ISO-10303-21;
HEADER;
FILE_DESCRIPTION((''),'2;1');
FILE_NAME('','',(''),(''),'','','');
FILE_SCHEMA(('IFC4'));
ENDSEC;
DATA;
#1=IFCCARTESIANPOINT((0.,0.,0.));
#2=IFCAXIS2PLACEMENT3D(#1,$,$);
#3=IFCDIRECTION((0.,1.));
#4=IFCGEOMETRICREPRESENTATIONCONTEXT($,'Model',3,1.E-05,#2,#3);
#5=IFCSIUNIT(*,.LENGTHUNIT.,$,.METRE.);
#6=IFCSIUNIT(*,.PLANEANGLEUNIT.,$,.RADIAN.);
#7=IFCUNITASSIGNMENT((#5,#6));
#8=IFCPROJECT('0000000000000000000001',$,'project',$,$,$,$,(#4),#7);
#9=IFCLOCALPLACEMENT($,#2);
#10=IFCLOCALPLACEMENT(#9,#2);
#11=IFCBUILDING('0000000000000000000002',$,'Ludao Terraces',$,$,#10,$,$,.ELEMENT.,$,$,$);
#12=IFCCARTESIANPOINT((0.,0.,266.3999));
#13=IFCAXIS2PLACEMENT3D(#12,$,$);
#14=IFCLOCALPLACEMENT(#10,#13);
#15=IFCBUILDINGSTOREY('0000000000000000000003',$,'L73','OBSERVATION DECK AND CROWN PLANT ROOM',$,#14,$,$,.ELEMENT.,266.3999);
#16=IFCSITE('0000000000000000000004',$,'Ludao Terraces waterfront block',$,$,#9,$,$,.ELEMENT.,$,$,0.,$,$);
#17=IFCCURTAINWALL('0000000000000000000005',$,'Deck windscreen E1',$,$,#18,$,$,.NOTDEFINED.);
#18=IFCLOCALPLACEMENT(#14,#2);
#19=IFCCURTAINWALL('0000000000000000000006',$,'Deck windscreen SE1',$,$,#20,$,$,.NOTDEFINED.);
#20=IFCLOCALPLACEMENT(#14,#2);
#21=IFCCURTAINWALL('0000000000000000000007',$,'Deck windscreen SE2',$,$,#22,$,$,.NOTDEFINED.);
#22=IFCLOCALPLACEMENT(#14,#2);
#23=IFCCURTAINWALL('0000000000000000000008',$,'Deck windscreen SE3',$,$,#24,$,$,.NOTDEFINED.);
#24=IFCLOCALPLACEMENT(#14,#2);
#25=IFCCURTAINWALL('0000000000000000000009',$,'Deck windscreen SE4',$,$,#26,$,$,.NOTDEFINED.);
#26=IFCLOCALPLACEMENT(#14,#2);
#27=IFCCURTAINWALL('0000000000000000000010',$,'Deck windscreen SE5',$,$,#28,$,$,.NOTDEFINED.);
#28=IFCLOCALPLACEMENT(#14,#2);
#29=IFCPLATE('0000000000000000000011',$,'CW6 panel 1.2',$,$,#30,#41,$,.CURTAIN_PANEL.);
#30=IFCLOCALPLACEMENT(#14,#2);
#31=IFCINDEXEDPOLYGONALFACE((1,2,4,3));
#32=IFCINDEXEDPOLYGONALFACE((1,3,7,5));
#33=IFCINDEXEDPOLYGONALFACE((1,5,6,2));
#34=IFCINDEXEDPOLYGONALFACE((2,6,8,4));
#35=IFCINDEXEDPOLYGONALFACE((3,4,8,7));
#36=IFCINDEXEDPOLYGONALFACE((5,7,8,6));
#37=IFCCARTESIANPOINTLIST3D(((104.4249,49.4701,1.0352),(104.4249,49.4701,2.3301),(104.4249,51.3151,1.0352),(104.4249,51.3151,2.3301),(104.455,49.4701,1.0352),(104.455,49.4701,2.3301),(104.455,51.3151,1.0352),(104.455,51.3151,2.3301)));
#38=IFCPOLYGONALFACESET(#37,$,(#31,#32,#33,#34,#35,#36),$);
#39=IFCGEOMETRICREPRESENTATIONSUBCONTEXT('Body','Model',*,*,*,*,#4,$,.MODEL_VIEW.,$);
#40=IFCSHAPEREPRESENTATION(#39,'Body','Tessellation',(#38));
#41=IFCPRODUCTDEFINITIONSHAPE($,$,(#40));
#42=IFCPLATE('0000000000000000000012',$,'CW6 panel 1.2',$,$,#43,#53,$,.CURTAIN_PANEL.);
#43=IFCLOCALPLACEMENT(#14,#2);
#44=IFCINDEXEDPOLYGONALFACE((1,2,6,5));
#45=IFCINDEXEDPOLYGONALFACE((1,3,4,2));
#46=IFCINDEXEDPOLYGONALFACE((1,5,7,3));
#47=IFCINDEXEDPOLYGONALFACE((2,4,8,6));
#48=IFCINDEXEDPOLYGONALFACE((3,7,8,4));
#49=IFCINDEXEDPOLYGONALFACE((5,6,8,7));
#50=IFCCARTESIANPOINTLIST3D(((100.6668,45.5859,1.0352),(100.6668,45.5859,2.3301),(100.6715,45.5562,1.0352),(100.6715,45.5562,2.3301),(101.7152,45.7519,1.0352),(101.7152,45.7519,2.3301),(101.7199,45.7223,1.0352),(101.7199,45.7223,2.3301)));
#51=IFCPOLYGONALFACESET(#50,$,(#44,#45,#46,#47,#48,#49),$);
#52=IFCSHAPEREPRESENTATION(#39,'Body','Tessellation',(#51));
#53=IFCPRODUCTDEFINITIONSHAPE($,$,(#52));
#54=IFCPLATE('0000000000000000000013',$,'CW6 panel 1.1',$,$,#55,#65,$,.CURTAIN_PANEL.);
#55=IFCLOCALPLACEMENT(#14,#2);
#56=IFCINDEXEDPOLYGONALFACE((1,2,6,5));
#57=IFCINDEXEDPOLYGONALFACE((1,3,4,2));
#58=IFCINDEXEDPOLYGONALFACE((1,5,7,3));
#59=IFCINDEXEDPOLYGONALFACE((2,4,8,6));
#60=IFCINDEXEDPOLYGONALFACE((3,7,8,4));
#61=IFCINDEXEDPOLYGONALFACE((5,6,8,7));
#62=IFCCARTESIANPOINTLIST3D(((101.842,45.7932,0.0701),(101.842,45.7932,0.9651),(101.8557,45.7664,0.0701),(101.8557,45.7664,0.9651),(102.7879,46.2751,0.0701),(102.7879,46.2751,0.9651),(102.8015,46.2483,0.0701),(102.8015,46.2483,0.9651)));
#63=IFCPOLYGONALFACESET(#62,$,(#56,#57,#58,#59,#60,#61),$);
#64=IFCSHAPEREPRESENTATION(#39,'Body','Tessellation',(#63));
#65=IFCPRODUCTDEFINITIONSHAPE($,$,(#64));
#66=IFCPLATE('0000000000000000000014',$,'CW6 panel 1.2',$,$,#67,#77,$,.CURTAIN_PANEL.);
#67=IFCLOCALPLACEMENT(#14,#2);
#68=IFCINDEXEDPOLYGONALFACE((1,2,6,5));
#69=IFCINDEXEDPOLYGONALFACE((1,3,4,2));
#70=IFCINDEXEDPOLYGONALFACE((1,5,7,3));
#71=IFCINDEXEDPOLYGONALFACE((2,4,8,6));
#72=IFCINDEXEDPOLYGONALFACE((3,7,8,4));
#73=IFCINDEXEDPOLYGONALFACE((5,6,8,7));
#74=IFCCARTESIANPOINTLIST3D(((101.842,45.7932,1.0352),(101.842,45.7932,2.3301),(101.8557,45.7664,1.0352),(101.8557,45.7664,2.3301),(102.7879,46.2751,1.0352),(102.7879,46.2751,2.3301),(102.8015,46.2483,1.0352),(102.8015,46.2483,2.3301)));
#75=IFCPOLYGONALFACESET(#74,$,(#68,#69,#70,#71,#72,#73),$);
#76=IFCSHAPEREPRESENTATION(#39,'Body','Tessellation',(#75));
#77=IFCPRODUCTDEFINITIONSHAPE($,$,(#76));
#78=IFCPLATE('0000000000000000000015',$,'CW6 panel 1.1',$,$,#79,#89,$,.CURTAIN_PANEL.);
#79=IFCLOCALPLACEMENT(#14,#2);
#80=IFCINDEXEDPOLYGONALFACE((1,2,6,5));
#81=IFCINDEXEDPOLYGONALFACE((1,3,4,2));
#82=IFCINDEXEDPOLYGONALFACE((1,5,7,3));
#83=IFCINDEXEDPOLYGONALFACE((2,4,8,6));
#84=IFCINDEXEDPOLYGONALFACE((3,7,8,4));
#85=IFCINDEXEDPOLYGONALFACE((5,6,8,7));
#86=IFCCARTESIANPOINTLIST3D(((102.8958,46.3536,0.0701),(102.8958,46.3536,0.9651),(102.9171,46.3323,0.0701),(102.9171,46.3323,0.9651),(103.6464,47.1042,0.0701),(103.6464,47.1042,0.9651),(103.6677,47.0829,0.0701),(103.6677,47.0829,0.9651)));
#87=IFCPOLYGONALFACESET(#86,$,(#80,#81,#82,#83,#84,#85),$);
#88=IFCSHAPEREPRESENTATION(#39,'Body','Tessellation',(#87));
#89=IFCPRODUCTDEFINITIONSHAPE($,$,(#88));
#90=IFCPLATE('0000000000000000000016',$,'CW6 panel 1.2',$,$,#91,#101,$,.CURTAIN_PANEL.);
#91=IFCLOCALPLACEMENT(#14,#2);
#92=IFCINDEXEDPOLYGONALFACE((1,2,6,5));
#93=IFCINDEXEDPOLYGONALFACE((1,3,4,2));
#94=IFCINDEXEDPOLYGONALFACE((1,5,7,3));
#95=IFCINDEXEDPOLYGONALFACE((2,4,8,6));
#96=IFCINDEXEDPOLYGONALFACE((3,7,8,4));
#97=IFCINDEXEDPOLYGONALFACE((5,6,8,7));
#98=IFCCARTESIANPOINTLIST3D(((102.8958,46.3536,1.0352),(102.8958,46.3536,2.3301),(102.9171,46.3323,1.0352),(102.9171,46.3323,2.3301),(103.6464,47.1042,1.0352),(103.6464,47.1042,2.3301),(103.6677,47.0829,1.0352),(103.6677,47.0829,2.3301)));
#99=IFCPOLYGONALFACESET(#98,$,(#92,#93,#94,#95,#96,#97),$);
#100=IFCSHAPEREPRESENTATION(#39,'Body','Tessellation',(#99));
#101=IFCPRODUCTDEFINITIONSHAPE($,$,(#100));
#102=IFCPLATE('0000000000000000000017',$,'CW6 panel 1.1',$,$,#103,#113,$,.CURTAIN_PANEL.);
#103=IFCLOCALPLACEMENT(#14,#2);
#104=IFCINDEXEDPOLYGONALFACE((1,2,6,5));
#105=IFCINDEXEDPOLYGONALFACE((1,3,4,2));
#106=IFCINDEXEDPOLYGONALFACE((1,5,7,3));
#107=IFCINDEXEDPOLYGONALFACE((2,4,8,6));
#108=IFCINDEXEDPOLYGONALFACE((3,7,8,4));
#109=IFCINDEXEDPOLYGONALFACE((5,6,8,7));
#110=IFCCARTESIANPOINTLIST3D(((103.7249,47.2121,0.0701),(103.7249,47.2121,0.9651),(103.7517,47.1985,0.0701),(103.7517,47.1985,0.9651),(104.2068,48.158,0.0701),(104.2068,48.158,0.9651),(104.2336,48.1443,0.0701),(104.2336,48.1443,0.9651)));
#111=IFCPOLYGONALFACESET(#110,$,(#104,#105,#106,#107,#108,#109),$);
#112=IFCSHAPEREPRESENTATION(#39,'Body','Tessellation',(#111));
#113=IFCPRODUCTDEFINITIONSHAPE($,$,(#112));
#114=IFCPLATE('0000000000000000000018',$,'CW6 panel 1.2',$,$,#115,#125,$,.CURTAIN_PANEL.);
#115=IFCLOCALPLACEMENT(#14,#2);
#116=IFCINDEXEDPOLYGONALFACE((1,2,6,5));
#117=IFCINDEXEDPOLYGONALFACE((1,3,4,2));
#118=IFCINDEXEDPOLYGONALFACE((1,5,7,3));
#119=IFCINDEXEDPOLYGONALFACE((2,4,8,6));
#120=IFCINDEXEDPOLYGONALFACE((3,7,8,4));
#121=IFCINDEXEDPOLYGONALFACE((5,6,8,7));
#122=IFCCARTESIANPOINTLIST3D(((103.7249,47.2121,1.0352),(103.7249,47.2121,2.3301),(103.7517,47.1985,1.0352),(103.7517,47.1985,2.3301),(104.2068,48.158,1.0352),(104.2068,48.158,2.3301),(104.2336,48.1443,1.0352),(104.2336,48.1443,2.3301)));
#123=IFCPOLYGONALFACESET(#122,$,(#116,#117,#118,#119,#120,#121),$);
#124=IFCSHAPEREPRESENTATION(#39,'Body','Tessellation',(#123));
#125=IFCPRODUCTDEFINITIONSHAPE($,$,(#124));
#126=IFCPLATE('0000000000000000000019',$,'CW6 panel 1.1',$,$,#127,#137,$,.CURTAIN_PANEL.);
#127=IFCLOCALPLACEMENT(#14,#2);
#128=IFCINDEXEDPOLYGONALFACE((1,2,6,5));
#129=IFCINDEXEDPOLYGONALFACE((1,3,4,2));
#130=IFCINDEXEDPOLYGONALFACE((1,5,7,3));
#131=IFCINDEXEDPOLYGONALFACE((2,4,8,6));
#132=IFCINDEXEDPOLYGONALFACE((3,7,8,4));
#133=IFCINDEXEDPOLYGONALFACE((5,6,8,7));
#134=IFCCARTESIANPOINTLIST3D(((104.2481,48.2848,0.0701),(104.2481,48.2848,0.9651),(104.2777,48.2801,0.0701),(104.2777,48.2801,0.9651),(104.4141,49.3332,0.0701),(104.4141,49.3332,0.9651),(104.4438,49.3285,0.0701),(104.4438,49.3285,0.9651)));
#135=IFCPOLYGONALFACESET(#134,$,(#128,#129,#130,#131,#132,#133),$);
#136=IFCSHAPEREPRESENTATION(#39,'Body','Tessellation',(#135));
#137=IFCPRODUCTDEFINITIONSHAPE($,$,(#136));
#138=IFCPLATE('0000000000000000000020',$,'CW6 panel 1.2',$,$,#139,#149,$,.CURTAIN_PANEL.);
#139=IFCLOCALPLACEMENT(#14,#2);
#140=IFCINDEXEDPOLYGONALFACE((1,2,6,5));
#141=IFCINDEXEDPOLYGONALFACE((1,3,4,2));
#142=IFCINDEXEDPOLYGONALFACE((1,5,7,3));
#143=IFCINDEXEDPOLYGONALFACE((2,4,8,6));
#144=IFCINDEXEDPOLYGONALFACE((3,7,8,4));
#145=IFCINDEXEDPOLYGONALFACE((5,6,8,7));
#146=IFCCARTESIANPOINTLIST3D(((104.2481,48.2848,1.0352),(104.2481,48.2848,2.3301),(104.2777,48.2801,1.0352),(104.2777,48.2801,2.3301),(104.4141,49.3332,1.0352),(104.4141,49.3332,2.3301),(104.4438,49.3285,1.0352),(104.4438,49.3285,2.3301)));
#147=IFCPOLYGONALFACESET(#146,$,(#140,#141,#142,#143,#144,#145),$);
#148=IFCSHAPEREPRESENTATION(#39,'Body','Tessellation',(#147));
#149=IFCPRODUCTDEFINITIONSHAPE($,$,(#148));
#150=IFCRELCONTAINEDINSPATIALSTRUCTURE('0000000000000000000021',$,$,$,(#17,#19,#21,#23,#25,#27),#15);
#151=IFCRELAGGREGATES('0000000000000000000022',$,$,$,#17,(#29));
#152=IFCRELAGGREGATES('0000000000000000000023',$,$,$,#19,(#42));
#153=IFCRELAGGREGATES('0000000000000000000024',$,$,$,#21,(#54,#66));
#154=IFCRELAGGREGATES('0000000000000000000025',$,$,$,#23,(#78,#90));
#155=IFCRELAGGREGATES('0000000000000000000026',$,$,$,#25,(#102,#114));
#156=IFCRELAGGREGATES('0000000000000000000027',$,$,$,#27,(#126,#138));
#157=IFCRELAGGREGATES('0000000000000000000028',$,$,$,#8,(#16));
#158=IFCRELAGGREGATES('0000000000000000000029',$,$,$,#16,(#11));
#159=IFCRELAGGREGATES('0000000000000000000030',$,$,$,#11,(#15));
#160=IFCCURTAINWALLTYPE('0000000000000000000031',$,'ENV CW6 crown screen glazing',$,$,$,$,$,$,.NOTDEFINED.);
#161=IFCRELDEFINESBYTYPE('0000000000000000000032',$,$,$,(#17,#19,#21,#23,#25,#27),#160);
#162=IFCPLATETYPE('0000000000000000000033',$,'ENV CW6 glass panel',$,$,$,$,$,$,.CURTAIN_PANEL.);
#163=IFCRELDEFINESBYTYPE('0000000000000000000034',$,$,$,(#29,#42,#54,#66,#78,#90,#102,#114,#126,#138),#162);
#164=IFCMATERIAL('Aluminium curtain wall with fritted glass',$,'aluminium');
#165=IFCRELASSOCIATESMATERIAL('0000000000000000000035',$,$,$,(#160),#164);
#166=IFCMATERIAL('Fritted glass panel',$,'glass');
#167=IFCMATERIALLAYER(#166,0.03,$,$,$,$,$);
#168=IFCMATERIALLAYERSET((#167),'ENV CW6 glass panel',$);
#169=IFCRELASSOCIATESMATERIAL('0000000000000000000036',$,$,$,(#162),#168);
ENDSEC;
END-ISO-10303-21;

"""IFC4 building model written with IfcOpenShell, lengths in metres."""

from ifc_helpers import new_model, si_unit, direction, frame, origin, origin_2d, place, context, subcontext, project, spatial, rectangle, extrude, material, layer, layer_set, type_object, element, aggregate, save


model = new_model("IFC4")

# Units and contexts
model_context = context("Model", 3, precision=1e-05, world=origin(), true_north=direction((0.0, 1.0)))
body_context = subcontext(model_context, "Body", "Model", "MODEL_VIEW")
ifc_project = project(units=[si_unit("LENGTHUNIT", "METRE"), si_unit("PLANEANGLEUNIT", "RADIAN")], contexts=[model_context])

# Site, building, storey
site_placement = place(None, origin())
site = spatial("IfcSite", under=ifc_project, at=site_placement, Name="Ludao Terraces waterfront block", CompositionType="ELEMENT", RefElevation=0.0)
building_placement = place(site_placement, origin())
building = spatial("IfcBuilding", under=site, at=building_placement, Name="Ludao Terraces", CompositionType="ELEMENT")
storey_placement = place(building_placement, frame((0.0, 0.0, 266.3999)))
storey = spatial("IfcBuildingStorey", under=building, at=storey_placement, Name="L73", Description="OBSERVATION DECK AND CROWN PLANT ROOM", CompositionType="ELEMENT", Elevation=266.3999)

# Curtain wall
ifc_material_1 = material(Name="Aluminium curtain wall with fritted glass", Category="aluminium")
curtain_wall_type = type_object("IfcCurtainWallType", Name="ENV CW6 crown screen glazing", PredefinedType="NOTDEFINED", material=ifc_material_1)
curtain_wall_1_placement = place(storey_placement, origin())
curtain_wall_1 = element("IfcCurtainWall", 1, at=curtain_wall_1_placement, inside=storey, type_object=curtain_wall_type, Name="Deck windscreen E1", PredefinedType="NOTDEFINED")

# Curtain wall
curtain_wall_2_placement = place(storey_placement, origin())
curtain_wall_2 = element("IfcCurtainWall", 2, at=curtain_wall_2_placement, inside=storey, type_object=curtain_wall_type, Name="Deck windscreen SE1", PredefinedType="NOTDEFINED")

# Curtain walls
curtain_wall_3_placement = place(storey_placement, origin())
curtain_wall_3 = element("IfcCurtainWall", 3, at=curtain_wall_3_placement, inside=storey, type_object=curtain_wall_type, Name="Deck windscreen SE2", PredefinedType="NOTDEFINED")
curtain_wall_4_placement = place(storey_placement, origin())
curtain_wall_4 = element("IfcCurtainWall", 4, at=curtain_wall_4_placement, inside=storey, type_object=curtain_wall_type, Name="Deck windscreen SE3", PredefinedType="NOTDEFINED")
curtain_wall_5_placement = place(storey_placement, origin())
curtain_wall_5 = element("IfcCurtainWall", 5, at=curtain_wall_5_placement, inside=storey, type_object=curtain_wall_type, Name="Deck windscreen SE4", PredefinedType="NOTDEFINED")
curtain_wall_6_placement = place(storey_placement, origin())
curtain_wall_6 = element("IfcCurtainWall", 6, at=curtain_wall_6_placement, inside=storey, type_object=curtain_wall_type, Name="Deck windscreen SE5", PredefinedType="NOTDEFINED")

# Plates
ifc_material_2 = material(Name="Fritted glass panel", Category="glass")
ifc_layer = layer(ifc_material_2, 0.03)
ifc_layer_set = layer_set([ifc_layer], Name="ENV CW6 glass panel")
plate_type = type_object("IfcPlateType", Name="ENV CW6 glass panel", PredefinedType="CURTAIN_PANEL", material=ifc_layer_set)
plate_1_placement = place(storey_placement, frame((104.4399, 50.3926, 1.0352), z_axis=(0.0, 0.0, 1.0), x_axis=(0.0, 1.0, 0.0)))
plate_1 = element("IfcPlate", 7, at=plate_1_placement, type_object=plate_type, Name="CW6 panel 1.2", PredefinedType="CURTAIN_PANEL", context=body_context, shape_type="SweptSolid", body=[
    extrude(rectangle(XDim=1.845, YDim=0.03, at=origin_2d()), origin(), (0.0, 0.0, 1.0), 1.2949),
])
aggregate(curtain_wall_1, [plate_1])
plate_2_placement = place(storey_placement, frame((101.1934, 45.6541, 1.0352), z_axis=(0.0, 0.0, 1.0), x_axis=(0.987688, 0.156435, 0.0)))
plate_2 = element("IfcPlate", 8, at=plate_2_placement, type_object=plate_type, Name="CW6 panel 1.2", PredefinedType="CURTAIN_PANEL", context=body_context, shape_type="SweptSolid", body=[
    extrude(rectangle(XDim=1.0615, YDim=0.03, at=origin_2d()), origin(), (0.0, 0.0, 1.0), 1.2949),
])
aggregate(curtain_wall_2, [plate_2])
plate_3_placement = place(storey_placement, frame((102.3218, 46.0208, 0.0701), z_axis=(0.0, 0.0, 1.0), x_axis=(0.891006, 0.453991, 0.0)))
plate_3 = element("IfcPlate", 9, at=plate_3_placement, type_object=plate_type, Name="CW6 panel 1.1", PredefinedType="CURTAIN_PANEL", context=body_context, shape_type="SweptSolid", body=[
    extrude(rectangle(XDim=1.0615, YDim=0.03, at=origin_2d()), origin(), (0.0, 0.0, 1.0), 0.895),
])
plate_4_placement = place(storey_placement, frame((102.3218, 46.0208, 1.0352), z_axis=(0.0, 0.0, 1.0), x_axis=(0.891006, 0.453991, 0.0)))
plate_4 = element("IfcPlate", 10, at=plate_4_placement, type_object=plate_type, Name="CW6 panel 1.2", PredefinedType="CURTAIN_PANEL", context=body_context, shape_type="SweptSolid", body=[
    extrude(rectangle(XDim=1.0615, YDim=0.03, at=origin_2d()), origin(), (0.0, 0.0, 1.0), 1.2949),
])
aggregate(curtain_wall_3, [plate_3, plate_4])
plate_5_placement = place(storey_placement, frame((103.2817, 46.7183, 0.0701), z_axis=(0.0, 0.0, 1.0), x_axis=(0.707107, 0.707107, 0.0)))
plate_5 = element("IfcPlate", 11, at=plate_5_placement, type_object=plate_type, Name="CW6 panel 1.1", PredefinedType="CURTAIN_PANEL", context=body_context, shape_type="SweptSolid", body=[
    extrude(rectangle(XDim=1.0615, YDim=0.03, at=origin_2d()), origin(), (0.0, 0.0, 1.0), 0.895),
])
plate_6_placement = place(storey_placement, frame((103.2817, 46.7183, 1.0352), z_axis=(0.0, 0.0, 1.0), x_axis=(0.707107, 0.707107, 0.0)))
plate_6 = element("IfcPlate", 12, at=plate_6_placement, type_object=plate_type, Name="CW6 panel 1.2", PredefinedType="CURTAIN_PANEL", context=body_context, shape_type="SweptSolid", body=[
    extrude(rectangle(XDim=1.0615, YDim=0.03, at=origin_2d()), origin(), (0.0, 0.0, 1.0), 1.2949),
])
aggregate(curtain_wall_4, [plate_5, plate_6])
plate_7_placement = place(storey_placement, frame((103.9792, 47.6782, 0.0701), z_axis=(0.0, 0.0, 1.0), x_axis=(0.453991, 0.891006, 0.0)))
plate_7 = element("IfcPlate", 13, at=plate_7_placement, type_object=plate_type, Name="CW6 panel 1.1", PredefinedType="CURTAIN_PANEL", context=body_context, shape_type="SweptSolid", body=[
    extrude(rectangle(XDim=1.0615, YDim=0.03, at=origin_2d()), origin(), (0.0, 0.0, 1.0), 0.895),
])
plate_8_placement = place(storey_placement, frame((103.9792, 47.6782, 1.0352), z_axis=(0.0, 0.0, 1.0), x_axis=(0.453991, 0.891006, 0.0)))
plate_8 = element("IfcPlate", 14, at=plate_8_placement, type_object=plate_type, Name="CW6 panel 1.2", PredefinedType="CURTAIN_PANEL", context=body_context, shape_type="SweptSolid", body=[
    extrude(rectangle(XDim=1.0615, YDim=0.03, at=origin_2d()), origin(), (0.0, 0.0, 1.0), 1.2949),
])
aggregate(curtain_wall_5, [plate_7, plate_8])
plate_9_placement = place(storey_placement, frame((104.3459, 48.8066, 0.0701), z_axis=(0.0, 0.0, 1.0), x_axis=(0.156435, 0.987688, 0.0)))
plate_9 = element("IfcPlate", 15, at=plate_9_placement, type_object=plate_type, Name="CW6 panel 1.1", PredefinedType="CURTAIN_PANEL", context=body_context, shape_type="SweptSolid", body=[
    extrude(rectangle(XDim=1.0615, YDim=0.03, at=origin_2d()), origin(), (0.0, 0.0, 1.0), 0.895),
])
plate_10_placement = place(storey_placement, frame((104.3459, 48.8066, 1.0352), z_axis=(0.0, 0.0, 1.0), x_axis=(0.156435, 0.987688, 0.0)))
plate_10 = element("IfcPlate", 16, at=plate_10_placement, type_object=plate_type, Name="CW6 panel 1.2", PredefinedType="CURTAIN_PANEL", context=body_context, shape_type="SweptSolid", body=[
    extrude(rectangle(XDim=1.0615, YDim=0.03, at=origin_2d()), origin(), (0.0, 0.0, 1.0), 1.2949),
])
aggregate(curtain_wall_6, [plate_9, plate_10])

save(model, "model.ifc")
